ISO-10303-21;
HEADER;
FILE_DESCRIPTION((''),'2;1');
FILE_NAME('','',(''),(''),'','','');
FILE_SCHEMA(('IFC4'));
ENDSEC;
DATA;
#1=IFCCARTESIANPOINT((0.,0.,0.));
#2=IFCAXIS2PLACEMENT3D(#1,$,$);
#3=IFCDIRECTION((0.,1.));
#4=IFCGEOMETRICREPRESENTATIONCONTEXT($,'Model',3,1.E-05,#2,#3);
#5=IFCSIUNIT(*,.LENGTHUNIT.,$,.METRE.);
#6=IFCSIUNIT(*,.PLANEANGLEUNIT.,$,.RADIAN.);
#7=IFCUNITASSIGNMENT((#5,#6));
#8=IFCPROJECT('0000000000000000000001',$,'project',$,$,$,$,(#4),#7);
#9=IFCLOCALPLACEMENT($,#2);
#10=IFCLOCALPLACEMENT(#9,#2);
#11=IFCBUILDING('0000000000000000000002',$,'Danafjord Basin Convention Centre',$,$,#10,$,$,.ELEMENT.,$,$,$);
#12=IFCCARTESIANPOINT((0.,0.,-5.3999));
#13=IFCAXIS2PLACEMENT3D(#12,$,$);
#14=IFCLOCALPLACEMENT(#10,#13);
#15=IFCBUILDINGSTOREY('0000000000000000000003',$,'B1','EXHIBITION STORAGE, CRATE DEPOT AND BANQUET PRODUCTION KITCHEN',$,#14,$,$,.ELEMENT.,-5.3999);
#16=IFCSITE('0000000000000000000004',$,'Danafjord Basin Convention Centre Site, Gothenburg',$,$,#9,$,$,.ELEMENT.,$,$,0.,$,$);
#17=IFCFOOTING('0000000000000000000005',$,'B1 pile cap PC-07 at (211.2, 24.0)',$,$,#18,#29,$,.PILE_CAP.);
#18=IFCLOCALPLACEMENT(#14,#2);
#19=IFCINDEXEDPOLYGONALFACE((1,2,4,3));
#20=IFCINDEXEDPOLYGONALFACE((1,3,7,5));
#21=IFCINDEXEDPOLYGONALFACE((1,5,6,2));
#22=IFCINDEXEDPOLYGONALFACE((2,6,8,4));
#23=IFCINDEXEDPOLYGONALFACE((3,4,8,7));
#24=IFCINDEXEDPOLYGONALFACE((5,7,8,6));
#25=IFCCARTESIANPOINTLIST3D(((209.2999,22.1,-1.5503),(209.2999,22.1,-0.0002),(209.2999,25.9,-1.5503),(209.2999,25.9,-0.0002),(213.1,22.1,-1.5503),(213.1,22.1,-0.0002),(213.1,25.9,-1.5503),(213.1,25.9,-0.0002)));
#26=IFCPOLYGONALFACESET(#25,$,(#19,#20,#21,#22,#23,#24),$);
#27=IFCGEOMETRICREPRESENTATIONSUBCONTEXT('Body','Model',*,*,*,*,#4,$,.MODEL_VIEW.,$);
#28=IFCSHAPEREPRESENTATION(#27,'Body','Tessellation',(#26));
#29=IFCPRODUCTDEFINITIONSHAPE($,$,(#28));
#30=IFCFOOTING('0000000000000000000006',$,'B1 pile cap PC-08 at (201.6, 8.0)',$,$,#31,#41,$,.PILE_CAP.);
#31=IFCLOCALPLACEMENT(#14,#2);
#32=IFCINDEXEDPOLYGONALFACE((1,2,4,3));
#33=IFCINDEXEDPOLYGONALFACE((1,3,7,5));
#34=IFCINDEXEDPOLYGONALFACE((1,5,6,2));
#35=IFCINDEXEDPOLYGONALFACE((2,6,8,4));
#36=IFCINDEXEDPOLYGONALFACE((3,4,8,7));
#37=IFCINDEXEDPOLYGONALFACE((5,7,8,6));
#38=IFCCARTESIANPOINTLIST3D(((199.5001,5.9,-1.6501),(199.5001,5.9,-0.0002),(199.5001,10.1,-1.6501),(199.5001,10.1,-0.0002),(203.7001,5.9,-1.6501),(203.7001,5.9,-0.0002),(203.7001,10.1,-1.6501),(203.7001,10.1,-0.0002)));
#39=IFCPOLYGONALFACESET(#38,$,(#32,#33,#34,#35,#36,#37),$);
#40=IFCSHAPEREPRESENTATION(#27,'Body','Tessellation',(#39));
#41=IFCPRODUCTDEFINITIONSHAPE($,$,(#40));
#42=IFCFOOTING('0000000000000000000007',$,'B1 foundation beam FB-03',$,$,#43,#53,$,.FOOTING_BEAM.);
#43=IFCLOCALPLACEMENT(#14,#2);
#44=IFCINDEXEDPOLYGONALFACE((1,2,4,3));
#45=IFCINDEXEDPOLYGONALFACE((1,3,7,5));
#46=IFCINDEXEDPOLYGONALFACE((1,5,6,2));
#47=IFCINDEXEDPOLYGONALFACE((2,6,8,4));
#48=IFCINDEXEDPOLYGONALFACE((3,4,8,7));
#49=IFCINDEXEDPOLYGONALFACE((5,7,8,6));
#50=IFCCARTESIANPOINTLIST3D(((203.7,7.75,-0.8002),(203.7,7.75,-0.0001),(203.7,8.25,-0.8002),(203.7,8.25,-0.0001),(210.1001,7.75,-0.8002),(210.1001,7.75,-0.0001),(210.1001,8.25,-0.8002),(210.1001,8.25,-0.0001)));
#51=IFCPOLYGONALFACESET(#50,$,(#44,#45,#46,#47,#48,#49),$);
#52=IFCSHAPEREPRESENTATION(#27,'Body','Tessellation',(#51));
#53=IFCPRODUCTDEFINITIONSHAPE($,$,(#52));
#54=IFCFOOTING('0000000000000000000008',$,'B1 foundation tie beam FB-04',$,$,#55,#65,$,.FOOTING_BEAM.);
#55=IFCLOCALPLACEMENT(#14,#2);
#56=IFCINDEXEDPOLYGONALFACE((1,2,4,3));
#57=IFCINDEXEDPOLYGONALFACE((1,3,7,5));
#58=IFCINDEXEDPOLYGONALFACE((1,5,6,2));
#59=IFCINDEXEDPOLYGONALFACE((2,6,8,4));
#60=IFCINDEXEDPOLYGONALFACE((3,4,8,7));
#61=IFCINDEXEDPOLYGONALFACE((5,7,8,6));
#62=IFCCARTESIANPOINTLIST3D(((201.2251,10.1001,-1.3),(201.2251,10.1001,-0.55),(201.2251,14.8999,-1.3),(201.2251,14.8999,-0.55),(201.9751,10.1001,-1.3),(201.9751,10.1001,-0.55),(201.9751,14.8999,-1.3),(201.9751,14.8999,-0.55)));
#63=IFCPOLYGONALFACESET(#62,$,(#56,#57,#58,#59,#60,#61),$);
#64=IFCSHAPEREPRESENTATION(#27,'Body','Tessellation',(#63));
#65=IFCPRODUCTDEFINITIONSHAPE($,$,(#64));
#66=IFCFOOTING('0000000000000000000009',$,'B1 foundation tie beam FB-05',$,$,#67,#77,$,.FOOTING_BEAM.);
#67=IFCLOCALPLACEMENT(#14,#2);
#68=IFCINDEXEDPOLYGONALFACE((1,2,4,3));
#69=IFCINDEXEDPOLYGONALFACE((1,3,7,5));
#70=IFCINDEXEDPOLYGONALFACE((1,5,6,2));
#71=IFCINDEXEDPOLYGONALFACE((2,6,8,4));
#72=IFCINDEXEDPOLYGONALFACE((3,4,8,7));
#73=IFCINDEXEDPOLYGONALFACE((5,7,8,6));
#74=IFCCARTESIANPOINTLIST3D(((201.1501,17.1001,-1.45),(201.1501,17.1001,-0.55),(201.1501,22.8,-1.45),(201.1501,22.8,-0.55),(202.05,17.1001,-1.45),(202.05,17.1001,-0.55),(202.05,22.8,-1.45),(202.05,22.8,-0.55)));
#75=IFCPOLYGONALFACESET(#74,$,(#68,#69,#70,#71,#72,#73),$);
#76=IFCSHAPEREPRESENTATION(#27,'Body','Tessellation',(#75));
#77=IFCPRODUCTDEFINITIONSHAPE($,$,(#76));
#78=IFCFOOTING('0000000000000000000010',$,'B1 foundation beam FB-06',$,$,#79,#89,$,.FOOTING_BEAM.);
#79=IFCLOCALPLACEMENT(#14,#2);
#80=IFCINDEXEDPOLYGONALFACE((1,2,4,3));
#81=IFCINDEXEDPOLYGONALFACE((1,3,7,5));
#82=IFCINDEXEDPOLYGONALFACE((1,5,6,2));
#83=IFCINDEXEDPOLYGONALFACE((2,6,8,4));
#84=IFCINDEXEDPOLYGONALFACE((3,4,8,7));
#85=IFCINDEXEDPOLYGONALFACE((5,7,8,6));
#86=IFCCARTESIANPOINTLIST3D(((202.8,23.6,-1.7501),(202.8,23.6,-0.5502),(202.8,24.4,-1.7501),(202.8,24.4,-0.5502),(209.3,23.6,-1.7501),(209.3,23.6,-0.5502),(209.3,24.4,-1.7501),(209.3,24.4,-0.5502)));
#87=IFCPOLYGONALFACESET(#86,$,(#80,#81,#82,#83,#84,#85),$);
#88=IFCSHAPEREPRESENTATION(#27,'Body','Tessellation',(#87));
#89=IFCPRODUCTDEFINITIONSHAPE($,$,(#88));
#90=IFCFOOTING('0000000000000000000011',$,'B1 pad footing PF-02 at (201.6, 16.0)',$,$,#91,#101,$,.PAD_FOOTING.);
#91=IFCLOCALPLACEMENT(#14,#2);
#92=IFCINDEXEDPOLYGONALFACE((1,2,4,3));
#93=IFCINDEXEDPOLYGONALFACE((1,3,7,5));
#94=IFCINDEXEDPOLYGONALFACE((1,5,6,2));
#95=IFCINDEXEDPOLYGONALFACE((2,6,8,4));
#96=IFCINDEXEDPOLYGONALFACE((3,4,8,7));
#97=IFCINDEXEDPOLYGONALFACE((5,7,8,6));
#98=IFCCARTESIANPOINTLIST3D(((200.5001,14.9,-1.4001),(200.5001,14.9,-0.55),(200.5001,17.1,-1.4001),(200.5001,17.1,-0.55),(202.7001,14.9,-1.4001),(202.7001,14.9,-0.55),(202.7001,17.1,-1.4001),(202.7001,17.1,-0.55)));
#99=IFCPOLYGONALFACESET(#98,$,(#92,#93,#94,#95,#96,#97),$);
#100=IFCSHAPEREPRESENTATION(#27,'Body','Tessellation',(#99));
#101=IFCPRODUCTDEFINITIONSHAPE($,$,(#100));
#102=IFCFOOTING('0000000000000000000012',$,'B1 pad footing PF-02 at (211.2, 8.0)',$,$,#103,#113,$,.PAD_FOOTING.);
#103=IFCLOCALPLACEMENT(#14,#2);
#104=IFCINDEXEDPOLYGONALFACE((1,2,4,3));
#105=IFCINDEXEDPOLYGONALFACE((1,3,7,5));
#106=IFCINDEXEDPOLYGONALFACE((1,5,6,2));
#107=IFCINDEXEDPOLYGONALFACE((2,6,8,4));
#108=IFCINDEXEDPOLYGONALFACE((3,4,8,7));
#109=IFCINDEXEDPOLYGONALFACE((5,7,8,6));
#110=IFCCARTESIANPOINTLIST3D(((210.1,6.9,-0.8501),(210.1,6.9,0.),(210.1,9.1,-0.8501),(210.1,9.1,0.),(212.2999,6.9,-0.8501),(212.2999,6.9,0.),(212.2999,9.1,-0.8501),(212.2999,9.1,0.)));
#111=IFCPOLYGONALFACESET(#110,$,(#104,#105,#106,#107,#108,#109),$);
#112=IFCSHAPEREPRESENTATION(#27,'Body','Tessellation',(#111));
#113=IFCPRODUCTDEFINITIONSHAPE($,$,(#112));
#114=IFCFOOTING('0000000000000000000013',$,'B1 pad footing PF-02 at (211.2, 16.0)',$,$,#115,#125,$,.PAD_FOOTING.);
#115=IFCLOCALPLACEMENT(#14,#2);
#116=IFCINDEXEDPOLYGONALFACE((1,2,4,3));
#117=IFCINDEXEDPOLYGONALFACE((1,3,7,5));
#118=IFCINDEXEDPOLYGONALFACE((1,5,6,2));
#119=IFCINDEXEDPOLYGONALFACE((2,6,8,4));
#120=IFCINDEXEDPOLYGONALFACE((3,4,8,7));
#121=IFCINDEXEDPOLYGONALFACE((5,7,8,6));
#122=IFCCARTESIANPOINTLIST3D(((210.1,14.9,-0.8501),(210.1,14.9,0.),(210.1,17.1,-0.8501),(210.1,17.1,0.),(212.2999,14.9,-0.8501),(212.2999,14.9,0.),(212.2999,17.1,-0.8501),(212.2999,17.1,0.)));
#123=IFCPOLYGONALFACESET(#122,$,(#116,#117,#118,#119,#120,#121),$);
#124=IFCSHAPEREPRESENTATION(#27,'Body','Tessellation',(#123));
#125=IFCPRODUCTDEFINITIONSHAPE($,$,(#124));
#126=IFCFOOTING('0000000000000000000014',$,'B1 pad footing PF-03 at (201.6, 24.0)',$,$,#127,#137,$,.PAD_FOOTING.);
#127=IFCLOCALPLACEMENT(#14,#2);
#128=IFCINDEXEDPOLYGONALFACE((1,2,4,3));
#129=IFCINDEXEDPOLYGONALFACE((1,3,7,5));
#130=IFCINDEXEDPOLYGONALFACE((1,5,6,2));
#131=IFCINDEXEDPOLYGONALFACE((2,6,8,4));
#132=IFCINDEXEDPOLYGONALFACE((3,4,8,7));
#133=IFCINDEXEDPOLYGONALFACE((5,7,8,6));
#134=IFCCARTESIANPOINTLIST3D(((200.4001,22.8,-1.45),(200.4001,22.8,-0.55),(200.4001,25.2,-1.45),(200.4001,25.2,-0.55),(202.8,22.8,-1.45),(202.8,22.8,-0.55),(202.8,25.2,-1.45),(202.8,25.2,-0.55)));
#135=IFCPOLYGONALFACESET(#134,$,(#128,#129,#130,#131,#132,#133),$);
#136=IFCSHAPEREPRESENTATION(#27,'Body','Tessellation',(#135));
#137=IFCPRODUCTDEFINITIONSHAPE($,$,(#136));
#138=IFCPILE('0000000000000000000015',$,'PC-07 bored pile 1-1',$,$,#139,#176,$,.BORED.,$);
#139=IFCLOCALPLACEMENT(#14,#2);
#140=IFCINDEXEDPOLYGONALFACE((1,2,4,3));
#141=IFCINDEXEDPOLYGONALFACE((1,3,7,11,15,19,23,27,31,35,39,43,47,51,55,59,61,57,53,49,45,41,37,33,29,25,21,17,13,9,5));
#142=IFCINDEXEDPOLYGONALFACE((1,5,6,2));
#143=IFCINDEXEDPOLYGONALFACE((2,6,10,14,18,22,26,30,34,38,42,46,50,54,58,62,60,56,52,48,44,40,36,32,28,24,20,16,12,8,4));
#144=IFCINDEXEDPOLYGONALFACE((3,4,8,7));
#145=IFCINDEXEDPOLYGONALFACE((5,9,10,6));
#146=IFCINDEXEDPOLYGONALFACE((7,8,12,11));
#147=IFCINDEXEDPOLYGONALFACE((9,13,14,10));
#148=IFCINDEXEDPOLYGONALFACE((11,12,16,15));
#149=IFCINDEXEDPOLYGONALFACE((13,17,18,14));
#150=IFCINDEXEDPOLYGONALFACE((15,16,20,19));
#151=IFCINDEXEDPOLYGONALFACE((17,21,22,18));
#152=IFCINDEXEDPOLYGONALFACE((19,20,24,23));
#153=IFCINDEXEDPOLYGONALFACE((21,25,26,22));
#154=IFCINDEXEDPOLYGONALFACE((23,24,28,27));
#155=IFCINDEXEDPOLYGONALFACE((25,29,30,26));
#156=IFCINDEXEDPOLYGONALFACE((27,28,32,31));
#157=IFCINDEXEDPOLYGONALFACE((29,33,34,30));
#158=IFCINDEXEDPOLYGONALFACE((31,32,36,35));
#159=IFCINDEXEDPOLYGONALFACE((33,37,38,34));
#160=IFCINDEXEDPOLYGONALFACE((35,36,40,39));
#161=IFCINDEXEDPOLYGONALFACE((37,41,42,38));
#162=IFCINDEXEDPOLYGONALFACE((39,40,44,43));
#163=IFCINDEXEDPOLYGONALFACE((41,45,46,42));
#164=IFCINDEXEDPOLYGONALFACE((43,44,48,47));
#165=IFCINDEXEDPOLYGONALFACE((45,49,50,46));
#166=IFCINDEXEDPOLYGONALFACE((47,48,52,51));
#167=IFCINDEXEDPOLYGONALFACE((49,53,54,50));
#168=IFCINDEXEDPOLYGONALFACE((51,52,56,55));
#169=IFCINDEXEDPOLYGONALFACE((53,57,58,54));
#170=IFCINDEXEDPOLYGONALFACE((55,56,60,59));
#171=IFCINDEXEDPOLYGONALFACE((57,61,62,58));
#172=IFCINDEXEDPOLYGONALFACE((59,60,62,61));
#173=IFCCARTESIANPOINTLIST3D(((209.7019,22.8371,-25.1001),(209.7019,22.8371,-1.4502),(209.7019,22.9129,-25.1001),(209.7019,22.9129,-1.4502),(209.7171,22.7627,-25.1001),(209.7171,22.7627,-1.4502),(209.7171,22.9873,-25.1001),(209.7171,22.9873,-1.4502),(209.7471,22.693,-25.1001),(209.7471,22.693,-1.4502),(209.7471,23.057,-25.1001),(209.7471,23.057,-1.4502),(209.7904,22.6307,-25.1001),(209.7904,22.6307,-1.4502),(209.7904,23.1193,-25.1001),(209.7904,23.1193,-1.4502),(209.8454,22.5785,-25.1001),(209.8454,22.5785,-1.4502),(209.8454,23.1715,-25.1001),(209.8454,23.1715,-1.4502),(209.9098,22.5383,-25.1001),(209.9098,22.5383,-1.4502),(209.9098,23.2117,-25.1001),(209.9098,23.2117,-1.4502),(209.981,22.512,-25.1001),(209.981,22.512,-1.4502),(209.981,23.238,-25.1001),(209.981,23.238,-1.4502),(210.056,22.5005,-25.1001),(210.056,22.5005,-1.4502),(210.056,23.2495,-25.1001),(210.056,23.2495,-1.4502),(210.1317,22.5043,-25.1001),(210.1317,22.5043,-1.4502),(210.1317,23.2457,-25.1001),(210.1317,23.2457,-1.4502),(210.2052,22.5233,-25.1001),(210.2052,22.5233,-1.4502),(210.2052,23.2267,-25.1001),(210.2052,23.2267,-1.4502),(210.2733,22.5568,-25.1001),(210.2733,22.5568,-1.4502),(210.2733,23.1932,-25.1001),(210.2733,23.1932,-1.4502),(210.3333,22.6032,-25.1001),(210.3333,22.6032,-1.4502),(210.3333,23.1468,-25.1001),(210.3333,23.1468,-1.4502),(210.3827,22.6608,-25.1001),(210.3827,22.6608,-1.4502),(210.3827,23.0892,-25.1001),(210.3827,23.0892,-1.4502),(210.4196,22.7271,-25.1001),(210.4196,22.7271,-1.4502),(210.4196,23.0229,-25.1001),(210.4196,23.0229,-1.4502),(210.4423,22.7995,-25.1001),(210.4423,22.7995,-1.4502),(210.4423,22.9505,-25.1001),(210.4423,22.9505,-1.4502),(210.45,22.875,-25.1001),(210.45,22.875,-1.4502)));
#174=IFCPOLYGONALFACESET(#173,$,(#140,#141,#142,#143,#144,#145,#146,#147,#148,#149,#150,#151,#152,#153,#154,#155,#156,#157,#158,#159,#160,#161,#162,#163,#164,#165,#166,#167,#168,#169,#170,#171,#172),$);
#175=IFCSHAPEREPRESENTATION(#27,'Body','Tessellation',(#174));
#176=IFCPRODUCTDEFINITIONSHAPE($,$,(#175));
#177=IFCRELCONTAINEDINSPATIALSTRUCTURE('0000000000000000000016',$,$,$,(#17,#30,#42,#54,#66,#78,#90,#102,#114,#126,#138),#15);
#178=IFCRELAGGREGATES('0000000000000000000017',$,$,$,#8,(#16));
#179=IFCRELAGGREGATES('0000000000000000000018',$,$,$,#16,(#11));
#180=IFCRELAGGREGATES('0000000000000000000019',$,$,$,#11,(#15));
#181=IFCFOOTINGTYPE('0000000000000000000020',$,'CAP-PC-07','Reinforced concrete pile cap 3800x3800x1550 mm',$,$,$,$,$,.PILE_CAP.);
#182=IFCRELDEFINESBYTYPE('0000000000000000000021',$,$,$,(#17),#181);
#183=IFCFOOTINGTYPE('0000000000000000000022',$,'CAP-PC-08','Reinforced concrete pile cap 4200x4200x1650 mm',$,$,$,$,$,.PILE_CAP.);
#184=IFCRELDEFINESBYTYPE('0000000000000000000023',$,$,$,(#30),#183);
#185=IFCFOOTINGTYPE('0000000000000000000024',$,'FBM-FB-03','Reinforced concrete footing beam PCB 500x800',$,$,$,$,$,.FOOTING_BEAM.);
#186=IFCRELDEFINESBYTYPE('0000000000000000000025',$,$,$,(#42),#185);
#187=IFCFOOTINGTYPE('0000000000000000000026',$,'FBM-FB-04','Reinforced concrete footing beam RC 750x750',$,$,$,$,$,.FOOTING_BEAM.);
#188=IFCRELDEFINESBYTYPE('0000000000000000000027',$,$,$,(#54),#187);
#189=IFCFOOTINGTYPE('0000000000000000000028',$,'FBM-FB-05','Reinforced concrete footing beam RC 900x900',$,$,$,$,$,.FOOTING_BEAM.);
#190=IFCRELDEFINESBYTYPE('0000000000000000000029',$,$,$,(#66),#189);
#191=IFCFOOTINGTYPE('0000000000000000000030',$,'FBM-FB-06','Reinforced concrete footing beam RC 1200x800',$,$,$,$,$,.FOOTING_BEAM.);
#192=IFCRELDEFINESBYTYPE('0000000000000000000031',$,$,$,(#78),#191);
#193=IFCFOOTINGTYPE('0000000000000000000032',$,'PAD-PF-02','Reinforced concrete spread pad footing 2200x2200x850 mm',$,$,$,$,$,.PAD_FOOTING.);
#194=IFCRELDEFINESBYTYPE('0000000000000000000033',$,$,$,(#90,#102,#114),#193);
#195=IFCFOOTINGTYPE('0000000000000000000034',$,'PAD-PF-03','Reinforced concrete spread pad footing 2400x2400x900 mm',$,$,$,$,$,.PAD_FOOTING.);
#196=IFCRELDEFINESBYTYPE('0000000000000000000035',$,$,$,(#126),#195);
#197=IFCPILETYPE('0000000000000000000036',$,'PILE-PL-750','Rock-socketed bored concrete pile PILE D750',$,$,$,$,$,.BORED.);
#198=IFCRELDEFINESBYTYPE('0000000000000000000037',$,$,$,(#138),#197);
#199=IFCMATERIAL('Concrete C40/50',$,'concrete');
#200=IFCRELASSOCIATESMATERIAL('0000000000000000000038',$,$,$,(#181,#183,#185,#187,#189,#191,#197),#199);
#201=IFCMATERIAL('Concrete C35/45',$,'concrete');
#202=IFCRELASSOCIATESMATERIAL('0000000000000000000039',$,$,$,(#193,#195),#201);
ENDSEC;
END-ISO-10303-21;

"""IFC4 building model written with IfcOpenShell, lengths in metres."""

from ifc_helpers import new_model, si_unit, direction, frame, origin, origin_2d, place, context, subcontext, project, spatial, rectangle, circle, extrude, material, material_profile, profile_set, type_object, element, save


model = new_model("IFC4")

# Units and contexts
model_context = context("Model", 3, precision=1e-05, world=origin(), true_north=direction((0.0, 1.0)))
body_context = subcontext(model_context, "Body", "Model", "MODEL_VIEW")
ifc_project = project(units=[si_unit("LENGTHUNIT", "METRE"), si_unit("PLANEANGLEUNIT", "RADIAN")], contexts=[model_context])

# Site, building, storey
site_placement = place(None, origin())
site = spatial("IfcSite", under=ifc_project, at=site_placement, Name="Danafjord Basin Convention Centre Site, Gothenburg", CompositionType="ELEMENT", RefElevation=0.0)
building_placement = place(site_placement, origin())
building = spatial("IfcBuilding", under=site, at=building_placement, Name="Danafjord Basin Convention Centre", CompositionType="ELEMENT")
storey_placement = place(building_placement, frame((0.0, 0.0, -5.3999)))
storey = spatial("IfcBuildingStorey", under=building, at=storey_placement, Name="B1", Description="EXHIBITION STORAGE, CRATE DEPOT AND BANQUET PRODUCTION KITCHEN", CompositionType="ELEMENT", Elevation=-5.3999)

# Footings
ifc_material_1 = material(Name="Concrete C40/50", Category="concrete")
footing_type_1 = type_object("IfcFootingType", Name="CAP-PC-07", Description="Reinforced concrete pile cap 3800x3800x1550 mm", PredefinedType="PILE_CAP", material=ifc_material_1)
footing_1_placement = place(storey_placement, frame((211.2, 24.0, -1.5503), z_axis=(0.0, 0.0, 1.0), x_axis=(1.0, 0.0, 0.0)))
element("IfcFooting", 1, at=footing_1_placement, inside=storey, type_object=footing_type_1, Name="B1 pile cap PC-07 at (211.2, 24.0)", PredefinedType="PILE_CAP", context=body_context, shape_type="SweptSolid", body=[
    extrude(rectangle(XDim=3.8, YDim=3.8, at=origin_2d()), origin(), (0.0, 0.0, 1.0), 1.55),
])
footing_type_2 = type_object("IfcFootingType", Name="CAP-PC-08", Description="Reinforced concrete pile cap 4200x4200x1650 mm", PredefinedType="PILE_CAP", material=ifc_material_1)
footing_2_placement = place(storey_placement, frame((201.6001, 8.0, -1.6501), z_axis=(0.0, 0.0, 1.0), x_axis=(1.0, 0.0, 0.0)))
element("IfcFooting", 2, at=footing_2_placement, inside=storey, type_object=footing_type_2, Name="B1 pile cap PC-08 at (201.6, 8.0)", PredefinedType="PILE_CAP", context=body_context, shape_type="SweptSolid", body=[
    extrude(rectangle(XDim=4.2, YDim=4.2, at=origin_2d()), origin(), (0.0, 0.0, 1.0), 1.6499),
])
ifc_material_profile_1 = material_profile(ifc_material_1, rectangle(XDim=0.5, YDim=0.8, at=origin_2d()), Name="PCB 500x800")
ifc_profile_set_1 = profile_set([ifc_material_profile_1], Name="Concrete C40/50")
footing_type_3 = type_object("IfcFootingType", Name="FBM-FB-03", Description="Reinforced concrete footing beam PCB 500x800", PredefinedType="FOOTING_BEAM", material=ifc_profile_set_1)
footing_3_placement = place(storey_placement, frame((203.7, 8.0, -0.4001), z_axis=(1.0, 0.0, 0.0), x_axis=(0.0, 1.0, 0.0)))
element("IfcFooting", 3, at=footing_3_placement, inside=storey, type_object=footing_type_3, Name="B1 foundation beam FB-03", PredefinedType="FOOTING_BEAM", context=body_context, shape_type="SweptSolid", body=[
    extrude(rectangle(XDim=0.5, YDim=0.8, at=origin_2d()), origin(), (0.0, 0.0, 1.0), 6.4001),
])
ifc_material_profile_2 = material_profile(ifc_material_1, rectangle(XDim=0.75, YDim=0.75, at=origin_2d()), Name="RC 750x750")
ifc_profile_set_2 = profile_set([ifc_material_profile_2], Name="Concrete C40/50")
footing_type_4 = type_object("IfcFootingType", Name="FBM-FB-04", Description="Reinforced concrete footing beam RC 750x750", PredefinedType="FOOTING_BEAM", material=ifc_profile_set_2)
footing_4_placement = place(storey_placement, frame((201.6001, 10.1001, -0.925), z_axis=(0.0, 1.0, 0.0), x_axis=(-1.0, 0.0, 0.0)))
element("IfcFooting", 4, at=footing_4_placement, inside=storey, type_object=footing_type_4, Name="B1 foundation tie beam FB-04", PredefinedType="FOOTING_BEAM", context=body_context, shape_type="SweptSolid", body=[
    extrude(rectangle(XDim=0.75, YDim=0.75, at=origin_2d()), origin(), (0.0, 0.0, 1.0), 4.7998),
])
ifc_material_profile_3 = material_profile(ifc_material_1, rectangle(XDim=0.8999, YDim=0.8999, at=origin_2d()), Name="RC 900x900")
ifc_profile_set_3 = profile_set([ifc_material_profile_3], Name="Concrete C40/50")
footing_type_5 = type_object("IfcFootingType", Name="FBM-FB-05", Description="Reinforced concrete footing beam RC 900x900", PredefinedType="FOOTING_BEAM", material=ifc_profile_set_3)
footing_5_placement = place(storey_placement, frame((201.6001, 17.1001, -1.0), z_axis=(0.0, 1.0, 0.0), x_axis=(-1.0, 0.0, 0.0)))
element("IfcFooting", 5, at=footing_5_placement, inside=storey, type_object=footing_type_5, Name="B1 foundation tie beam FB-05", PredefinedType="FOOTING_BEAM", context=body_context, shape_type="SweptSolid", body=[
    extrude(rectangle(XDim=0.8999, YDim=0.8999, at=origin_2d()), origin(), (0.0, 0.0, 1.0), 5.7),
])
ifc_material_profile_4 = material_profile(ifc_material_1, rectangle(XDim=0.8, YDim=1.2, at=origin_2d()), Name="RC 1200x800")
ifc_profile_set_4 = profile_set([ifc_material_profile_4], Name="Concrete C40/50")
footing_type_6 = type_object("IfcFootingType", Name="FBM-FB-06", Description="Reinforced concrete footing beam RC 1200x800", PredefinedType="FOOTING_BEAM", material=ifc_profile_set_4)
footing_6_placement = place(storey_placement, frame((202.8, 24.0, -1.1501), z_axis=(1.0, 0.0, 0.0), x_axis=(0.0, 1.0, 0.0)))
element("IfcFooting", 6, at=footing_6_placement, inside=storey, type_object=footing_type_6, Name="B1 foundation beam FB-06", PredefinedType="FOOTING_BEAM", context=body_context, shape_type="SweptSolid", body=[
    extrude(rectangle(XDim=0.8, YDim=1.2, at=origin_2d()), origin(), (0.0, 0.0, 1.0), 6.5),
])
ifc_material_2 = material(Name="Concrete C35/45", Category="concrete")
footing_type_7 = type_object("IfcFootingType", Name="PAD-PF-02", Description="Reinforced concrete spread pad footing 2200x2200x850 mm", PredefinedType="PAD_FOOTING", material=ifc_material_2)
for number, where, z_axis, x_axis, name in (
    (7, (201.6001, 16.0, -1.4001), (0.0, 0.0, 1.0), (1.0, 0.0, 0.0), "B1 pad footing PF-02 at (201.6, 16.0)"),
    (8, (211.2, 8.0, -0.8501), (0.0, 0.0, 1.0), (1.0, 0.0, 0.0), "B1 pad footing PF-02 at (211.2, 8.0)"),
    (9, (211.2, 16.0, -0.8501), (0.0, 0.0, 1.0), (1.0, 0.0, 0.0), "B1 pad footing PF-02 at (211.2, 16.0)"),
):
    element("IfcFooting", number, at=place(storey_placement, frame(where, z_axis=z_axis, x_axis=x_axis)), inside=storey, type_object=footing_type_7, Name=name, PredefinedType="PAD_FOOTING", context=body_context, shape_type="SweptSolid", body=[
        extrude(rectangle(XDim=2.2, YDim=2.2, at=origin_2d()), origin(), (0.0, 0.0, 1.0), 0.8501),
    ])
footing_type_8 = type_object("IfcFootingType", Name="PAD-PF-03", Description="Reinforced concrete spread pad footing 2400x2400x900 mm", PredefinedType="PAD_FOOTING", material=ifc_material_2)
footing_7_placement = place(storey_placement, frame((201.6001, 24.0, -1.45), z_axis=(0.0, 0.0, 1.0), x_axis=(1.0, 0.0, 0.0)))
element("IfcFooting", 10, at=footing_7_placement, inside=storey, type_object=footing_type_8, Name="B1 pad footing PF-03 at (201.6, 24.0)", PredefinedType="PAD_FOOTING", context=body_context, shape_type="SweptSolid", body=[
    extrude(rectangle(XDim=2.3999, YDim=2.3999, at=origin_2d()), origin(), (0.0, 0.0, 1.0), 0.8999),
])

# Pile
ifc_material_profile_5 = material_profile(ifc_material_1, circle(Radius=0.375, at=origin_2d()), Name="PILE D750")
ifc_profile_set_5 = profile_set([ifc_material_profile_5], Name="Concrete C40/50")
pile_type_1 = type_object("IfcPileType", Name="PILE-PL-750", Description="Rock-socketed bored concrete pile PILE D750", PredefinedType="BORED", material=ifc_profile_set_5)
for number, where, z_axis, x_axis, name in (
    (11, (210.075, 22.875, -1.4502), (0.0, 0.0, -1.0), (1.0, 0.0, 0.0), "PC-07 bored pile 1-1"),
):
    element("IfcPile", number, at=place(storey_placement, frame(where, z_axis=z_axis, x_axis=x_axis)), inside=storey, type_object=pile_type_1, Name=name, PredefinedType="BORED", context=body_context, shape_type="SweptSolid", body=[
        extrude(circle(Radius=0.375, at=origin_2d()), origin(), (0.0, 0.0, 1.0), 23.6499),
    ])

save(model, "model.ifc")
